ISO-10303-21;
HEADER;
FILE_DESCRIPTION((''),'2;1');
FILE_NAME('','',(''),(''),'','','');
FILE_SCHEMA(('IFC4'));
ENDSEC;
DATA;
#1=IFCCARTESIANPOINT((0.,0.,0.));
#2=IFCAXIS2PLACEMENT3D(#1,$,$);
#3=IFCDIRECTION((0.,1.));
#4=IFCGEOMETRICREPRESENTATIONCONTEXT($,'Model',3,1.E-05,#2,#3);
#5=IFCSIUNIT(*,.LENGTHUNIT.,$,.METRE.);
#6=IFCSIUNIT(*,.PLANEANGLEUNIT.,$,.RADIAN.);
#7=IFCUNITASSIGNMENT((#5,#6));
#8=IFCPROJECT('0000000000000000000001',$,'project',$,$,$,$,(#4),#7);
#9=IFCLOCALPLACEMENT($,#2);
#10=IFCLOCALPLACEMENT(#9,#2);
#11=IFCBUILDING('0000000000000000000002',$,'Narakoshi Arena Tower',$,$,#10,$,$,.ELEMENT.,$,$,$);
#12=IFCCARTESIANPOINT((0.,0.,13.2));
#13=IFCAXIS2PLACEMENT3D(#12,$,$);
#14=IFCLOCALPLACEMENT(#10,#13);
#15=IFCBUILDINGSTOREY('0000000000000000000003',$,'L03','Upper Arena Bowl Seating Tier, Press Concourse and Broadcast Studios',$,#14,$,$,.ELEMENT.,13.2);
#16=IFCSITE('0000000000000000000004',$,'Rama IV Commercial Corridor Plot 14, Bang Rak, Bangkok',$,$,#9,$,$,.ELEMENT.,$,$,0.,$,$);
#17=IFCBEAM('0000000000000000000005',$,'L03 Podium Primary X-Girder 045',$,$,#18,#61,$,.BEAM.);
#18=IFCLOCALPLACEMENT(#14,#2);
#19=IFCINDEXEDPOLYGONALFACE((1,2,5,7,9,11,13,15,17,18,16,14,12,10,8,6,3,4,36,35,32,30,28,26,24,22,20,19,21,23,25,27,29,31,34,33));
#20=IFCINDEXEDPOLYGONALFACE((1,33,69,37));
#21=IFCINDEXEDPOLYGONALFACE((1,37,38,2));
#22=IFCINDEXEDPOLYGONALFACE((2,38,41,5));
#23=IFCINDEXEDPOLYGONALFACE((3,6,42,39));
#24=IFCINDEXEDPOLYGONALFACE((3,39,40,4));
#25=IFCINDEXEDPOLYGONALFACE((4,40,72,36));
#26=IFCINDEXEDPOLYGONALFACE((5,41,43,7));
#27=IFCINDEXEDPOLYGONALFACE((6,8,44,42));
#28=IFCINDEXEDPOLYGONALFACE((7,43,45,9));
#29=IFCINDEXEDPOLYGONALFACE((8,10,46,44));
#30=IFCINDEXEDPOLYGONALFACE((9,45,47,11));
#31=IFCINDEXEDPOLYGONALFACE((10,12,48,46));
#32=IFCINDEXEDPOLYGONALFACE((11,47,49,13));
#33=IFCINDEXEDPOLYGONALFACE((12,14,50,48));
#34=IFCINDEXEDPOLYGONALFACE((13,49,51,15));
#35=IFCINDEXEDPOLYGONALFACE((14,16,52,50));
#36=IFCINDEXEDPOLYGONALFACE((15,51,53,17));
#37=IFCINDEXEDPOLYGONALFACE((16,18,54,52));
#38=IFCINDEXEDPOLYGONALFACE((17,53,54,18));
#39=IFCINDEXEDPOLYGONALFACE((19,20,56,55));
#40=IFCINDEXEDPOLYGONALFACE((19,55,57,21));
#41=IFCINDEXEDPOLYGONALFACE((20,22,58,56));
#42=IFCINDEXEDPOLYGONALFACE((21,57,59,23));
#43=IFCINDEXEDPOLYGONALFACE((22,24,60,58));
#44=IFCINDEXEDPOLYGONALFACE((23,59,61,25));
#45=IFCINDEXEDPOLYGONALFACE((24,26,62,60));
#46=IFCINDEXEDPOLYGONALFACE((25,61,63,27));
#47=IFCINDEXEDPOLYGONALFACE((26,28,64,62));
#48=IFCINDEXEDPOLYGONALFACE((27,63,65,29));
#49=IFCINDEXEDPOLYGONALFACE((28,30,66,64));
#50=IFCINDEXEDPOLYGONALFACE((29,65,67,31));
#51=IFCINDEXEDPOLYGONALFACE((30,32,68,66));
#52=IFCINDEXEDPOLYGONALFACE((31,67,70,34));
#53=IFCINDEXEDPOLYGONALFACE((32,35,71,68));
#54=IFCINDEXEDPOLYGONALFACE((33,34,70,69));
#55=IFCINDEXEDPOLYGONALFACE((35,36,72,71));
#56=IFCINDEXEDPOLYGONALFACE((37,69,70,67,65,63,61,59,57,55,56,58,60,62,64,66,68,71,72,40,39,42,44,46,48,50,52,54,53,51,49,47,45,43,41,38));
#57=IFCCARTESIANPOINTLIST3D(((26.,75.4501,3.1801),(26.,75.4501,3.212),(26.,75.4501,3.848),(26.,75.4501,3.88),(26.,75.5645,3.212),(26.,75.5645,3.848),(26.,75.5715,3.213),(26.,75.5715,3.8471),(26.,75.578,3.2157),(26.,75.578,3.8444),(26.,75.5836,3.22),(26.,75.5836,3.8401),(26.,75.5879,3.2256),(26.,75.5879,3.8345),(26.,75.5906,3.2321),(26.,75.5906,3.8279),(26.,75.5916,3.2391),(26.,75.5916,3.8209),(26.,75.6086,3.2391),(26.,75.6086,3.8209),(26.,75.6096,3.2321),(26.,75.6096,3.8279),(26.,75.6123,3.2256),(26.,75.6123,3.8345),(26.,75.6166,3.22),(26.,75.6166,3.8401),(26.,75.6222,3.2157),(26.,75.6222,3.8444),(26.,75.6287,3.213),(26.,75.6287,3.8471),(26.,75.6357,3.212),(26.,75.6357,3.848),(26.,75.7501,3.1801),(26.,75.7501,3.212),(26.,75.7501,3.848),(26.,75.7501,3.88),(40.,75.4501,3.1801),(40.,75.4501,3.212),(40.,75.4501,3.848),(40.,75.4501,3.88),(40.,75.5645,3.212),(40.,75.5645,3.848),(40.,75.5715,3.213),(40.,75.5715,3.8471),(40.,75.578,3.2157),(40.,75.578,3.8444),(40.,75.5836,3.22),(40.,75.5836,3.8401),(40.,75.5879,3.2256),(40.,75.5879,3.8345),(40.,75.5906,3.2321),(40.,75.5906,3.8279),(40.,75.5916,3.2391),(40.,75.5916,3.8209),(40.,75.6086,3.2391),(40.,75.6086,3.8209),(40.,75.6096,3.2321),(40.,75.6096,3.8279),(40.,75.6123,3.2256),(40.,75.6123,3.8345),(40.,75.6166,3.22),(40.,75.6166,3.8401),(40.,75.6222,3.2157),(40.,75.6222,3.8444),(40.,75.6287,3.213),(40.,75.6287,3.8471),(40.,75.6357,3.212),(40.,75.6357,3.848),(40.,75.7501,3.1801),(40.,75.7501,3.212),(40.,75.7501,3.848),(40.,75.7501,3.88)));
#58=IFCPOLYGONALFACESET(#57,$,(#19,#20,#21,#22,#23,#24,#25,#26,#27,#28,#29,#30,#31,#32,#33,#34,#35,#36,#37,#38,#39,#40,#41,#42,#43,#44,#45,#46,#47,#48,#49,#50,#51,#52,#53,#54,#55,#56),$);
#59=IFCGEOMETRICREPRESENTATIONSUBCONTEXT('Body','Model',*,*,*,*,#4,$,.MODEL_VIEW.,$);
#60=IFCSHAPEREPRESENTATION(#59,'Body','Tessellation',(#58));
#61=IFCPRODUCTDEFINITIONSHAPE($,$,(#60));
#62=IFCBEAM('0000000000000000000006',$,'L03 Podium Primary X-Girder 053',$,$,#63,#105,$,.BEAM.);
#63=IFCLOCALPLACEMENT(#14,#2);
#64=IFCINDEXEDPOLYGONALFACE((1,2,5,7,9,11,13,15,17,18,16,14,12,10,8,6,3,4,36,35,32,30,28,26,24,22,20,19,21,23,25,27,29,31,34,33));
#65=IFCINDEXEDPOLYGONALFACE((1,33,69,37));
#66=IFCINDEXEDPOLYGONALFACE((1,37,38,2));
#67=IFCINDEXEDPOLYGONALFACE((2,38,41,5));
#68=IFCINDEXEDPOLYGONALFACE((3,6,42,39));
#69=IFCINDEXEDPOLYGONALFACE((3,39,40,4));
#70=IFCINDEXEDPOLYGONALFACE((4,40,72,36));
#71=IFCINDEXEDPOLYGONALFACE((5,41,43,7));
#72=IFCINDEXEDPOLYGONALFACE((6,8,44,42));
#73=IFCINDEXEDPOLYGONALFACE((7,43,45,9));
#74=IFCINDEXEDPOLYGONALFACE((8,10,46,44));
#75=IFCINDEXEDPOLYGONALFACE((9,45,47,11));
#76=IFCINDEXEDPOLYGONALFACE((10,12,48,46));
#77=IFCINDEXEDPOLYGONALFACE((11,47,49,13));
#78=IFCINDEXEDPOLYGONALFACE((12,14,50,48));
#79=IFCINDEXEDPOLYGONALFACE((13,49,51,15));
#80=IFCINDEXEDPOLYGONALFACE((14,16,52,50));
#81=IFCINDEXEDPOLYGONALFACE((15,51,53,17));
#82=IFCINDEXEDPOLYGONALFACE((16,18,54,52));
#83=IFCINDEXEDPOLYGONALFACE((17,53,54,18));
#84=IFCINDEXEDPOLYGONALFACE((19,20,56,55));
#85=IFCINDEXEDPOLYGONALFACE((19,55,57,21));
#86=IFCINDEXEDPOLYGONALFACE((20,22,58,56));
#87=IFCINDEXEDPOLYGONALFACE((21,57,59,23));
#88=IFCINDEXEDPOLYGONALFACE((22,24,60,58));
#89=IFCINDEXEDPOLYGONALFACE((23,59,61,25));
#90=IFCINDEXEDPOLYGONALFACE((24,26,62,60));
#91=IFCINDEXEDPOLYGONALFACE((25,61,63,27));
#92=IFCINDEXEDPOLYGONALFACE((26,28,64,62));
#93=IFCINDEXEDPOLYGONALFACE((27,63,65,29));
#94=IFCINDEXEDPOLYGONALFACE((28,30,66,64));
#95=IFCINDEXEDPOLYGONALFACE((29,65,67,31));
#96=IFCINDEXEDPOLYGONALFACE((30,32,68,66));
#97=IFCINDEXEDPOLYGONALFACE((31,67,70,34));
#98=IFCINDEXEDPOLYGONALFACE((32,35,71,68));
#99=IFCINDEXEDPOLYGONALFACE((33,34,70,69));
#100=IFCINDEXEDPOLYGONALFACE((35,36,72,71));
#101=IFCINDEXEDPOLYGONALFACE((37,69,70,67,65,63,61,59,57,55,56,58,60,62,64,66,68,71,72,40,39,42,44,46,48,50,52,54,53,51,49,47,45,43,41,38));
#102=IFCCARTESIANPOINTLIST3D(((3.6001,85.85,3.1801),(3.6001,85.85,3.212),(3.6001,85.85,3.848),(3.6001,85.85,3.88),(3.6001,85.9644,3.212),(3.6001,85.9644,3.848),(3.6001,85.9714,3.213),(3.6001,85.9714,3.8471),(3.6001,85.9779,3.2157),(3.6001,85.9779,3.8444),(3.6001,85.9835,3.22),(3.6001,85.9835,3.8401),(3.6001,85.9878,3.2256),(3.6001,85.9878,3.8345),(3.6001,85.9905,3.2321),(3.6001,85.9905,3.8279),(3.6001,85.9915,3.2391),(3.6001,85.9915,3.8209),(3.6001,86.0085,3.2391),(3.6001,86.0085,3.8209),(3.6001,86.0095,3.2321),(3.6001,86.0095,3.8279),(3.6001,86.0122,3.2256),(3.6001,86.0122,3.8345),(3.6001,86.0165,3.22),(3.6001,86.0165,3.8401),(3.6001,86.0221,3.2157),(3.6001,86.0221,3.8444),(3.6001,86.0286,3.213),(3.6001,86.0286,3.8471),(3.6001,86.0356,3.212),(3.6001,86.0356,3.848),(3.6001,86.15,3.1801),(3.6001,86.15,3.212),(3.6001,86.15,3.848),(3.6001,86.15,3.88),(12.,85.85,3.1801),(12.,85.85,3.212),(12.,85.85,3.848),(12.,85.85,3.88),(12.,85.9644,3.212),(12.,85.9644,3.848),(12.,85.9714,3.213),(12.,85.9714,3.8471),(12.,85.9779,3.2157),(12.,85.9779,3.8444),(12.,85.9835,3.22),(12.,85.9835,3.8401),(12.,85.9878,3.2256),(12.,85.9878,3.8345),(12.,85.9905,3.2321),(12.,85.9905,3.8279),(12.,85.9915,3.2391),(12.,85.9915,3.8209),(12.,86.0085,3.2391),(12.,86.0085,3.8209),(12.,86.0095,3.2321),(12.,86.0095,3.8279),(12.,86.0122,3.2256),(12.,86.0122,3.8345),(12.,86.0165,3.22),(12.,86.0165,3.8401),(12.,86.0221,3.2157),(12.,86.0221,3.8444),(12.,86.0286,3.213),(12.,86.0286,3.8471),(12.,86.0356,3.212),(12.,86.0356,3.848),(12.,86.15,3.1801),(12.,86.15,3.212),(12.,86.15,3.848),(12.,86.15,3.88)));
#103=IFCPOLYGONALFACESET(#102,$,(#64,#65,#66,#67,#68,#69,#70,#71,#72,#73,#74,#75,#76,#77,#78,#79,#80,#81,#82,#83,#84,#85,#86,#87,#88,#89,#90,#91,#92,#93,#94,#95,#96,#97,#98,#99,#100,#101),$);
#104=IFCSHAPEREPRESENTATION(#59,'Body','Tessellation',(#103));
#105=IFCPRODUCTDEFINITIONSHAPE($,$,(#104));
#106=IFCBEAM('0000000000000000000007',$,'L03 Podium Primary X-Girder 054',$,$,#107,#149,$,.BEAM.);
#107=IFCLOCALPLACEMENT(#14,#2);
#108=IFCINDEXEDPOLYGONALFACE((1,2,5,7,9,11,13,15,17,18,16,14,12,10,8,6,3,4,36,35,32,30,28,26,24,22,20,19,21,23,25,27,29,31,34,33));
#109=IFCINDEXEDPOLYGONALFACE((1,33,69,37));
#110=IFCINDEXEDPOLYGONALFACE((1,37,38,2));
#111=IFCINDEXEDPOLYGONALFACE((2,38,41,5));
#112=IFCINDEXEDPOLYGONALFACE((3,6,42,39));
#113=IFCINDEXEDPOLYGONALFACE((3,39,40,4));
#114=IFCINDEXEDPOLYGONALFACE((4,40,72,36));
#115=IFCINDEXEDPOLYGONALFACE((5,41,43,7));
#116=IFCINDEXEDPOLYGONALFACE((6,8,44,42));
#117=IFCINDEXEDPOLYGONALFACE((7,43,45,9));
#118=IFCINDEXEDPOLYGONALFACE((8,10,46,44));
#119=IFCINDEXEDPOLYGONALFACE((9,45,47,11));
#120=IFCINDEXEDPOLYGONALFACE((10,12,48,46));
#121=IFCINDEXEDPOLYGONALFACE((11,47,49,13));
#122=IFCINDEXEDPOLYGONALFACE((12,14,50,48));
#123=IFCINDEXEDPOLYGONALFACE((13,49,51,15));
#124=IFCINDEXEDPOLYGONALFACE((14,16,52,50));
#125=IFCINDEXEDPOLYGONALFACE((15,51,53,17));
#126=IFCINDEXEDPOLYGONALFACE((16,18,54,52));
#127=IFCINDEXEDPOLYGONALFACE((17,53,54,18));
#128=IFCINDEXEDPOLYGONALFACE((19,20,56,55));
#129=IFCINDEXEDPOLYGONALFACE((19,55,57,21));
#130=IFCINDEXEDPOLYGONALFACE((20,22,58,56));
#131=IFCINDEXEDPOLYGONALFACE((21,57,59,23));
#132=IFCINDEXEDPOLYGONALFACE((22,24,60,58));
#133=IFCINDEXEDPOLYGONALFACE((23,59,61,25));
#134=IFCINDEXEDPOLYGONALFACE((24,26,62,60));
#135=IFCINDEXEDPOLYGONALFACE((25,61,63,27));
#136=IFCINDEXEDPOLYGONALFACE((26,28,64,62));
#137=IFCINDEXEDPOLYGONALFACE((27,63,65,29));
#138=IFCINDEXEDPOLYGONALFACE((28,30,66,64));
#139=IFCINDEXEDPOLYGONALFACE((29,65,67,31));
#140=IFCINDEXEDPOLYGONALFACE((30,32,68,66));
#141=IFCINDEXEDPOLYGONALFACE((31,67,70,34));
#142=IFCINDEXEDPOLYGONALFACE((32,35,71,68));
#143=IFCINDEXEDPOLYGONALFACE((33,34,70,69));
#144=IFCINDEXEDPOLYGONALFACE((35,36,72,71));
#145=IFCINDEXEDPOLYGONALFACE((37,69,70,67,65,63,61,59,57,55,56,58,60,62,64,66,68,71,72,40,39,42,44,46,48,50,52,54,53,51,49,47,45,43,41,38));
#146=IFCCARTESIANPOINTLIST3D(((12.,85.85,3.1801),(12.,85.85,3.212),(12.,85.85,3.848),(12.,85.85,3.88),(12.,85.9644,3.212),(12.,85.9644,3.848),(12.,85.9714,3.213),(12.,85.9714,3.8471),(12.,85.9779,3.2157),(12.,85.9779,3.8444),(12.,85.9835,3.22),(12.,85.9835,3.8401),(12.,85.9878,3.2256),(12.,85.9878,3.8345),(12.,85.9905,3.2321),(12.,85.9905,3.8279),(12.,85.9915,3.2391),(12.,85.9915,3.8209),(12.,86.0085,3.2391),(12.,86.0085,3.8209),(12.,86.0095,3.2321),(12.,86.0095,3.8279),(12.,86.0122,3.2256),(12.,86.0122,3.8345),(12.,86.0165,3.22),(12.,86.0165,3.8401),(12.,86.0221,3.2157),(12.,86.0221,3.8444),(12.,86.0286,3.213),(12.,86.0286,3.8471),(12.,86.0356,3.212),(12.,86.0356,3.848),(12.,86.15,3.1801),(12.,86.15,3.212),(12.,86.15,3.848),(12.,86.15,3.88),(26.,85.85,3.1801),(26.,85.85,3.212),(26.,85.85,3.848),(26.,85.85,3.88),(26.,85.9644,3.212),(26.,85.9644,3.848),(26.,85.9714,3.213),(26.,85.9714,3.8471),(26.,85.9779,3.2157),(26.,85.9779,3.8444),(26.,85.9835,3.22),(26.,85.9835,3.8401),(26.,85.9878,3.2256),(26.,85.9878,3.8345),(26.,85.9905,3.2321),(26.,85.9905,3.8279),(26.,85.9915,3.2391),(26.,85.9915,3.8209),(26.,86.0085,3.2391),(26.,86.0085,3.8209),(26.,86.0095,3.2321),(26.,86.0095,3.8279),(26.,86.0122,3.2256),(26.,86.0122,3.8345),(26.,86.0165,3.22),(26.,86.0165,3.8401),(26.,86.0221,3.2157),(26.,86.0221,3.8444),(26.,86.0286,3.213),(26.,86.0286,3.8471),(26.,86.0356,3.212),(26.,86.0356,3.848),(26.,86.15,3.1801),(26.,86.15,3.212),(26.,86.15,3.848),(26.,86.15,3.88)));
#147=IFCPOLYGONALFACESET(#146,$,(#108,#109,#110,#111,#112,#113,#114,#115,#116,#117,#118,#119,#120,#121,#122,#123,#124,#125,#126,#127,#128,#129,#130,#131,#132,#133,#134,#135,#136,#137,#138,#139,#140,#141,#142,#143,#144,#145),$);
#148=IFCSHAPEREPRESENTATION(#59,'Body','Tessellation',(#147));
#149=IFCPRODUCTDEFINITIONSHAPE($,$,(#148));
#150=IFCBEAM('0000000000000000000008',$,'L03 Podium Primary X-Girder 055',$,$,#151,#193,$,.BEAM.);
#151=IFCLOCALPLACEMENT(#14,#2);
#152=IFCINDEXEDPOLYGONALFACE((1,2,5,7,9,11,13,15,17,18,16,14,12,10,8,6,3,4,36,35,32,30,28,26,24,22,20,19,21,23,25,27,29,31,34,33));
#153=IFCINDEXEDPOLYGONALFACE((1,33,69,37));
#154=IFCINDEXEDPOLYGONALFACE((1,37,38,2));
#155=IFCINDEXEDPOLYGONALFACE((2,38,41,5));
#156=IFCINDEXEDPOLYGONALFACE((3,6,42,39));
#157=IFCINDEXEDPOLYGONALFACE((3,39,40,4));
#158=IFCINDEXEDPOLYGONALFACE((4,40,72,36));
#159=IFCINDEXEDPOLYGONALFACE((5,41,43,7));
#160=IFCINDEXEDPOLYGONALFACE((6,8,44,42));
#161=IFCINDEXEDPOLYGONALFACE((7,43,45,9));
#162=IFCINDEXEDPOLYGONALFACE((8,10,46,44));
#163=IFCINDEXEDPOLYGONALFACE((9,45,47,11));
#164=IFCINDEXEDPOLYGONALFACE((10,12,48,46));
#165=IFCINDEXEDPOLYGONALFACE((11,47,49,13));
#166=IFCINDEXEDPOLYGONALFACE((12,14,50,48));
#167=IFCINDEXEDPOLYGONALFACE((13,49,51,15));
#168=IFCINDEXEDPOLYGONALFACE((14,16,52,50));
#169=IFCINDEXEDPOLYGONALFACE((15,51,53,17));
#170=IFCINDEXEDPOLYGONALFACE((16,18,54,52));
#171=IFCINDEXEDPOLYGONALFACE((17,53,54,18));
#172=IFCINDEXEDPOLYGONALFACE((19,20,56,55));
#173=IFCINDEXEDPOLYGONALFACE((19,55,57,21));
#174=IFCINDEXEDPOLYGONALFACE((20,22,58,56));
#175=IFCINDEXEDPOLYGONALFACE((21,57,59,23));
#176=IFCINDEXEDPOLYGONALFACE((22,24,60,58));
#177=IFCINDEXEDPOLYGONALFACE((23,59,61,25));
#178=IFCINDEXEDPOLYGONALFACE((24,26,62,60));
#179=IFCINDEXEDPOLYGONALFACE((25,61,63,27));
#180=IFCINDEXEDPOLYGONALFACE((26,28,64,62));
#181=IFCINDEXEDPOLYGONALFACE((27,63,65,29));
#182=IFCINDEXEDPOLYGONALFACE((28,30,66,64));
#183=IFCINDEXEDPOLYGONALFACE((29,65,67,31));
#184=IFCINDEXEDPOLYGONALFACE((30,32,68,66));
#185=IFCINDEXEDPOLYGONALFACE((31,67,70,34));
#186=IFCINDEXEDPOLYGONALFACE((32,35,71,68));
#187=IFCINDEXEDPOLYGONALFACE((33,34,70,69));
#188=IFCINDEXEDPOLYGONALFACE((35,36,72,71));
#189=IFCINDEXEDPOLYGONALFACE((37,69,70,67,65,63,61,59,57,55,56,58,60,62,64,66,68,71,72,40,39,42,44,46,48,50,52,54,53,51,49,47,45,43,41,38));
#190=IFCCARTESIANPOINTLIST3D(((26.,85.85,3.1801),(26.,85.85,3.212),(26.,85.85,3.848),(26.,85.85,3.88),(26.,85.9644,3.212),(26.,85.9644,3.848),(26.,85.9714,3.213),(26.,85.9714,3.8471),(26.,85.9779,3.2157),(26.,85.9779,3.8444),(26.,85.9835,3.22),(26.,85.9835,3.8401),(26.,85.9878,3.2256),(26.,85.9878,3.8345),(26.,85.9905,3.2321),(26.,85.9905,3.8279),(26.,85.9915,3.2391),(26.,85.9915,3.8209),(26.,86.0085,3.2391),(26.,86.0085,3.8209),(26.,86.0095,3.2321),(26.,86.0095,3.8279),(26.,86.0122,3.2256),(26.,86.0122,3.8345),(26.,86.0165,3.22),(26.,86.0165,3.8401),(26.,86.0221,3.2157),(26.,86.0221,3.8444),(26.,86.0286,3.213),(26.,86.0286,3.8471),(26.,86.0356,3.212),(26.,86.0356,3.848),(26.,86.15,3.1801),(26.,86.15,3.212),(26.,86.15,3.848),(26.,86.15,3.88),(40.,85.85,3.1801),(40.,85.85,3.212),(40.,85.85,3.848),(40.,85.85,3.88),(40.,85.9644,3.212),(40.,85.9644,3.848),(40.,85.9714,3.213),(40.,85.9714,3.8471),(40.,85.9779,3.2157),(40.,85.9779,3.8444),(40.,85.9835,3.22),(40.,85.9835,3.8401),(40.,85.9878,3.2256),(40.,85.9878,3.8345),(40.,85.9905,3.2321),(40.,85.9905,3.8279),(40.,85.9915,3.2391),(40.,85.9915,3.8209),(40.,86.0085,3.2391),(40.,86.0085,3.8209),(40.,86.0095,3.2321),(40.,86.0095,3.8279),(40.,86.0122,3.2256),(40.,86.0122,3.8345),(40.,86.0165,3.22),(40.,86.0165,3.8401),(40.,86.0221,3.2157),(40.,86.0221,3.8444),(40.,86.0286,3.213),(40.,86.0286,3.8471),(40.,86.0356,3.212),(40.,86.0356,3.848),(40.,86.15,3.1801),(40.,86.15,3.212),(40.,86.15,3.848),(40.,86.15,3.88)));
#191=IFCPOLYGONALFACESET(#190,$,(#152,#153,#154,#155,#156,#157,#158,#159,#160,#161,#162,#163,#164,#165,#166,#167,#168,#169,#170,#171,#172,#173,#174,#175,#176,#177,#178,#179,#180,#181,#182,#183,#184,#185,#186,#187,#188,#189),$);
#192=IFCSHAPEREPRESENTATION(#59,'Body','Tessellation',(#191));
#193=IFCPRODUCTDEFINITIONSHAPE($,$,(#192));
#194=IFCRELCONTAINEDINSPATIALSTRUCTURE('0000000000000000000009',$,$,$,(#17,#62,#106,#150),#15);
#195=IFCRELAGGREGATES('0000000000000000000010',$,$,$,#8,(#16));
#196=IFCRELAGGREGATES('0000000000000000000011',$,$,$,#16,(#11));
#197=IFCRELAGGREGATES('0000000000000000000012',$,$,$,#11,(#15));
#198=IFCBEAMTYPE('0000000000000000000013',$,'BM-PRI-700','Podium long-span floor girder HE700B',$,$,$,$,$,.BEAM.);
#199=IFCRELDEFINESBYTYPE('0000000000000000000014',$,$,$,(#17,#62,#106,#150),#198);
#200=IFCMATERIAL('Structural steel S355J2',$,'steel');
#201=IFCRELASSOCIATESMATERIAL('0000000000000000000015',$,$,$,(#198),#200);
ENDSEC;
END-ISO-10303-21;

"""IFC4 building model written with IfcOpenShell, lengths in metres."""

from ifc_helpers import new_model, si_unit, direction, frame, origin, origin_2d, place, context, subcontext, project, spatial, i_section, extrude, material, material_profile, profile_set, type_object, element, save


model = new_model("IFC4")

# Units and contexts
model_context = context("Model", 3, precision=1e-05, world=origin(), true_north=direction((0.0, 1.0)))
body_context = subcontext(model_context, "Body", "Model", "MODEL_VIEW")
ifc_project = project(units=[si_unit("LENGTHUNIT", "METRE"), si_unit("PLANEANGLEUNIT", "RADIAN")], contexts=[model_context])

# Site, building, storey
site_placement = place(None, origin())
site = spatial("IfcSite", under=ifc_project, at=site_placement, Name="Rama IV Commercial Corridor Plot 14, Bang Rak, Bangkok", CompositionType="ELEMENT", RefElevation=0.0)
building_placement = place(site_placement, origin())
building = spatial("IfcBuilding", under=site, at=building_placement, Name="Narakoshi Arena Tower", CompositionType="ELEMENT")
storey_placement = place(building_placement, frame((0.0, 0.0, 13.2)))
storey = spatial("IfcBuildingStorey", under=building, at=storey_placement, Name="L03", Description="Upper Arena Bowl Seating Tier, Press Concourse and Broadcast Studios", CompositionType="ELEMENT", Elevation=13.2)

# Beams
ifc_material_1 = material(Name="Structural steel S355J2", Category="steel")
ifc_material_profile_1 = material_profile(ifc_material_1, i_section(OverallWidth=0.3, OverallDepth=0.7, WebThickness=0.0171, FlangeThickness=0.032, FilletRadius=0.0271, at=origin_2d()), Name="HE700B")
ifc_profile_set_1 = profile_set([ifc_material_profile_1], Name="Structural steel S355J2")
beam_type_1 = type_object("IfcBeamType", Name="BM-PRI-700", Description="Podium long-span floor girder HE700B", PredefinedType="BEAM", material=ifc_profile_set_1)
for number, where, z_axis, x_axis, name in (
    (1, (26.0, 75.6001, 3.53), (1.0, 0.0, 0.0), (0.0, 1.0, 0.0), "L03 Podium Primary X-Girder 045"),
):
    element("IfcBeam", number, at=place(storey_placement, frame(where, z_axis=z_axis, x_axis=x_axis)), inside=storey, type_object=beam_type_1, Name=name, PredefinedType="BEAM", context=body_context, shape_type="SweptSolid", body=[
        extrude(i_section(OverallWidth=0.3, OverallDepth=0.7, WebThickness=0.0171, FlangeThickness=0.032, FilletRadius=0.0271, at=origin_2d()), origin(), (0.0, 0.0, 1.0), 14.0),
    ])
beam_1_placement = place(storey_placement, frame((3.6001, 86.0, 3.53), z_axis=(1.0, 0.0, 0.0), x_axis=(0.0, 1.0, 0.0)))
element("IfcBeam", 2, at=beam_1_placement, inside=storey, type_object=beam_type_1, Name="L03 Podium Primary X-Girder 053", PredefinedType="BEAM", context=body_context, shape_type="SweptSolid", body=[
    extrude(i_section(OverallWidth=0.3, OverallDepth=0.7, WebThickness=0.0171, FlangeThickness=0.032, FilletRadius=0.0271, at=origin_2d()), origin(), (0.0, 0.0, 1.0), 8.3999),
])
for number, where, z_axis, x_axis, name in (
    (3, (12.0, 86.0, 3.53), (1.0, 0.0, 0.0), (0.0, 1.0, 0.0), "L03 Podium Primary X-Girder 054"),
    (4, (26.0, 86.0, 3.53), (1.0, 0.0, 0.0), (0.0, 1.0, 0.0), "L03 Podium Primary X-Girder 055"),
):
    element("IfcBeam", number, at=place(storey_placement, frame(where, z_axis=z_axis, x_axis=x_axis)), inside=storey, type_object=beam_type_1, Name=name, PredefinedType="BEAM", context=body_context, shape_type="SweptSolid", body=[
        extrude(i_section(OverallWidth=0.3, OverallDepth=0.7, WebThickness=0.0171, FlangeThickness=0.032, FilletRadius=0.0271, at=origin_2d()), origin(), (0.0, 0.0, 1.0), 14.0),
    ])

save(model, "model.ifc")
